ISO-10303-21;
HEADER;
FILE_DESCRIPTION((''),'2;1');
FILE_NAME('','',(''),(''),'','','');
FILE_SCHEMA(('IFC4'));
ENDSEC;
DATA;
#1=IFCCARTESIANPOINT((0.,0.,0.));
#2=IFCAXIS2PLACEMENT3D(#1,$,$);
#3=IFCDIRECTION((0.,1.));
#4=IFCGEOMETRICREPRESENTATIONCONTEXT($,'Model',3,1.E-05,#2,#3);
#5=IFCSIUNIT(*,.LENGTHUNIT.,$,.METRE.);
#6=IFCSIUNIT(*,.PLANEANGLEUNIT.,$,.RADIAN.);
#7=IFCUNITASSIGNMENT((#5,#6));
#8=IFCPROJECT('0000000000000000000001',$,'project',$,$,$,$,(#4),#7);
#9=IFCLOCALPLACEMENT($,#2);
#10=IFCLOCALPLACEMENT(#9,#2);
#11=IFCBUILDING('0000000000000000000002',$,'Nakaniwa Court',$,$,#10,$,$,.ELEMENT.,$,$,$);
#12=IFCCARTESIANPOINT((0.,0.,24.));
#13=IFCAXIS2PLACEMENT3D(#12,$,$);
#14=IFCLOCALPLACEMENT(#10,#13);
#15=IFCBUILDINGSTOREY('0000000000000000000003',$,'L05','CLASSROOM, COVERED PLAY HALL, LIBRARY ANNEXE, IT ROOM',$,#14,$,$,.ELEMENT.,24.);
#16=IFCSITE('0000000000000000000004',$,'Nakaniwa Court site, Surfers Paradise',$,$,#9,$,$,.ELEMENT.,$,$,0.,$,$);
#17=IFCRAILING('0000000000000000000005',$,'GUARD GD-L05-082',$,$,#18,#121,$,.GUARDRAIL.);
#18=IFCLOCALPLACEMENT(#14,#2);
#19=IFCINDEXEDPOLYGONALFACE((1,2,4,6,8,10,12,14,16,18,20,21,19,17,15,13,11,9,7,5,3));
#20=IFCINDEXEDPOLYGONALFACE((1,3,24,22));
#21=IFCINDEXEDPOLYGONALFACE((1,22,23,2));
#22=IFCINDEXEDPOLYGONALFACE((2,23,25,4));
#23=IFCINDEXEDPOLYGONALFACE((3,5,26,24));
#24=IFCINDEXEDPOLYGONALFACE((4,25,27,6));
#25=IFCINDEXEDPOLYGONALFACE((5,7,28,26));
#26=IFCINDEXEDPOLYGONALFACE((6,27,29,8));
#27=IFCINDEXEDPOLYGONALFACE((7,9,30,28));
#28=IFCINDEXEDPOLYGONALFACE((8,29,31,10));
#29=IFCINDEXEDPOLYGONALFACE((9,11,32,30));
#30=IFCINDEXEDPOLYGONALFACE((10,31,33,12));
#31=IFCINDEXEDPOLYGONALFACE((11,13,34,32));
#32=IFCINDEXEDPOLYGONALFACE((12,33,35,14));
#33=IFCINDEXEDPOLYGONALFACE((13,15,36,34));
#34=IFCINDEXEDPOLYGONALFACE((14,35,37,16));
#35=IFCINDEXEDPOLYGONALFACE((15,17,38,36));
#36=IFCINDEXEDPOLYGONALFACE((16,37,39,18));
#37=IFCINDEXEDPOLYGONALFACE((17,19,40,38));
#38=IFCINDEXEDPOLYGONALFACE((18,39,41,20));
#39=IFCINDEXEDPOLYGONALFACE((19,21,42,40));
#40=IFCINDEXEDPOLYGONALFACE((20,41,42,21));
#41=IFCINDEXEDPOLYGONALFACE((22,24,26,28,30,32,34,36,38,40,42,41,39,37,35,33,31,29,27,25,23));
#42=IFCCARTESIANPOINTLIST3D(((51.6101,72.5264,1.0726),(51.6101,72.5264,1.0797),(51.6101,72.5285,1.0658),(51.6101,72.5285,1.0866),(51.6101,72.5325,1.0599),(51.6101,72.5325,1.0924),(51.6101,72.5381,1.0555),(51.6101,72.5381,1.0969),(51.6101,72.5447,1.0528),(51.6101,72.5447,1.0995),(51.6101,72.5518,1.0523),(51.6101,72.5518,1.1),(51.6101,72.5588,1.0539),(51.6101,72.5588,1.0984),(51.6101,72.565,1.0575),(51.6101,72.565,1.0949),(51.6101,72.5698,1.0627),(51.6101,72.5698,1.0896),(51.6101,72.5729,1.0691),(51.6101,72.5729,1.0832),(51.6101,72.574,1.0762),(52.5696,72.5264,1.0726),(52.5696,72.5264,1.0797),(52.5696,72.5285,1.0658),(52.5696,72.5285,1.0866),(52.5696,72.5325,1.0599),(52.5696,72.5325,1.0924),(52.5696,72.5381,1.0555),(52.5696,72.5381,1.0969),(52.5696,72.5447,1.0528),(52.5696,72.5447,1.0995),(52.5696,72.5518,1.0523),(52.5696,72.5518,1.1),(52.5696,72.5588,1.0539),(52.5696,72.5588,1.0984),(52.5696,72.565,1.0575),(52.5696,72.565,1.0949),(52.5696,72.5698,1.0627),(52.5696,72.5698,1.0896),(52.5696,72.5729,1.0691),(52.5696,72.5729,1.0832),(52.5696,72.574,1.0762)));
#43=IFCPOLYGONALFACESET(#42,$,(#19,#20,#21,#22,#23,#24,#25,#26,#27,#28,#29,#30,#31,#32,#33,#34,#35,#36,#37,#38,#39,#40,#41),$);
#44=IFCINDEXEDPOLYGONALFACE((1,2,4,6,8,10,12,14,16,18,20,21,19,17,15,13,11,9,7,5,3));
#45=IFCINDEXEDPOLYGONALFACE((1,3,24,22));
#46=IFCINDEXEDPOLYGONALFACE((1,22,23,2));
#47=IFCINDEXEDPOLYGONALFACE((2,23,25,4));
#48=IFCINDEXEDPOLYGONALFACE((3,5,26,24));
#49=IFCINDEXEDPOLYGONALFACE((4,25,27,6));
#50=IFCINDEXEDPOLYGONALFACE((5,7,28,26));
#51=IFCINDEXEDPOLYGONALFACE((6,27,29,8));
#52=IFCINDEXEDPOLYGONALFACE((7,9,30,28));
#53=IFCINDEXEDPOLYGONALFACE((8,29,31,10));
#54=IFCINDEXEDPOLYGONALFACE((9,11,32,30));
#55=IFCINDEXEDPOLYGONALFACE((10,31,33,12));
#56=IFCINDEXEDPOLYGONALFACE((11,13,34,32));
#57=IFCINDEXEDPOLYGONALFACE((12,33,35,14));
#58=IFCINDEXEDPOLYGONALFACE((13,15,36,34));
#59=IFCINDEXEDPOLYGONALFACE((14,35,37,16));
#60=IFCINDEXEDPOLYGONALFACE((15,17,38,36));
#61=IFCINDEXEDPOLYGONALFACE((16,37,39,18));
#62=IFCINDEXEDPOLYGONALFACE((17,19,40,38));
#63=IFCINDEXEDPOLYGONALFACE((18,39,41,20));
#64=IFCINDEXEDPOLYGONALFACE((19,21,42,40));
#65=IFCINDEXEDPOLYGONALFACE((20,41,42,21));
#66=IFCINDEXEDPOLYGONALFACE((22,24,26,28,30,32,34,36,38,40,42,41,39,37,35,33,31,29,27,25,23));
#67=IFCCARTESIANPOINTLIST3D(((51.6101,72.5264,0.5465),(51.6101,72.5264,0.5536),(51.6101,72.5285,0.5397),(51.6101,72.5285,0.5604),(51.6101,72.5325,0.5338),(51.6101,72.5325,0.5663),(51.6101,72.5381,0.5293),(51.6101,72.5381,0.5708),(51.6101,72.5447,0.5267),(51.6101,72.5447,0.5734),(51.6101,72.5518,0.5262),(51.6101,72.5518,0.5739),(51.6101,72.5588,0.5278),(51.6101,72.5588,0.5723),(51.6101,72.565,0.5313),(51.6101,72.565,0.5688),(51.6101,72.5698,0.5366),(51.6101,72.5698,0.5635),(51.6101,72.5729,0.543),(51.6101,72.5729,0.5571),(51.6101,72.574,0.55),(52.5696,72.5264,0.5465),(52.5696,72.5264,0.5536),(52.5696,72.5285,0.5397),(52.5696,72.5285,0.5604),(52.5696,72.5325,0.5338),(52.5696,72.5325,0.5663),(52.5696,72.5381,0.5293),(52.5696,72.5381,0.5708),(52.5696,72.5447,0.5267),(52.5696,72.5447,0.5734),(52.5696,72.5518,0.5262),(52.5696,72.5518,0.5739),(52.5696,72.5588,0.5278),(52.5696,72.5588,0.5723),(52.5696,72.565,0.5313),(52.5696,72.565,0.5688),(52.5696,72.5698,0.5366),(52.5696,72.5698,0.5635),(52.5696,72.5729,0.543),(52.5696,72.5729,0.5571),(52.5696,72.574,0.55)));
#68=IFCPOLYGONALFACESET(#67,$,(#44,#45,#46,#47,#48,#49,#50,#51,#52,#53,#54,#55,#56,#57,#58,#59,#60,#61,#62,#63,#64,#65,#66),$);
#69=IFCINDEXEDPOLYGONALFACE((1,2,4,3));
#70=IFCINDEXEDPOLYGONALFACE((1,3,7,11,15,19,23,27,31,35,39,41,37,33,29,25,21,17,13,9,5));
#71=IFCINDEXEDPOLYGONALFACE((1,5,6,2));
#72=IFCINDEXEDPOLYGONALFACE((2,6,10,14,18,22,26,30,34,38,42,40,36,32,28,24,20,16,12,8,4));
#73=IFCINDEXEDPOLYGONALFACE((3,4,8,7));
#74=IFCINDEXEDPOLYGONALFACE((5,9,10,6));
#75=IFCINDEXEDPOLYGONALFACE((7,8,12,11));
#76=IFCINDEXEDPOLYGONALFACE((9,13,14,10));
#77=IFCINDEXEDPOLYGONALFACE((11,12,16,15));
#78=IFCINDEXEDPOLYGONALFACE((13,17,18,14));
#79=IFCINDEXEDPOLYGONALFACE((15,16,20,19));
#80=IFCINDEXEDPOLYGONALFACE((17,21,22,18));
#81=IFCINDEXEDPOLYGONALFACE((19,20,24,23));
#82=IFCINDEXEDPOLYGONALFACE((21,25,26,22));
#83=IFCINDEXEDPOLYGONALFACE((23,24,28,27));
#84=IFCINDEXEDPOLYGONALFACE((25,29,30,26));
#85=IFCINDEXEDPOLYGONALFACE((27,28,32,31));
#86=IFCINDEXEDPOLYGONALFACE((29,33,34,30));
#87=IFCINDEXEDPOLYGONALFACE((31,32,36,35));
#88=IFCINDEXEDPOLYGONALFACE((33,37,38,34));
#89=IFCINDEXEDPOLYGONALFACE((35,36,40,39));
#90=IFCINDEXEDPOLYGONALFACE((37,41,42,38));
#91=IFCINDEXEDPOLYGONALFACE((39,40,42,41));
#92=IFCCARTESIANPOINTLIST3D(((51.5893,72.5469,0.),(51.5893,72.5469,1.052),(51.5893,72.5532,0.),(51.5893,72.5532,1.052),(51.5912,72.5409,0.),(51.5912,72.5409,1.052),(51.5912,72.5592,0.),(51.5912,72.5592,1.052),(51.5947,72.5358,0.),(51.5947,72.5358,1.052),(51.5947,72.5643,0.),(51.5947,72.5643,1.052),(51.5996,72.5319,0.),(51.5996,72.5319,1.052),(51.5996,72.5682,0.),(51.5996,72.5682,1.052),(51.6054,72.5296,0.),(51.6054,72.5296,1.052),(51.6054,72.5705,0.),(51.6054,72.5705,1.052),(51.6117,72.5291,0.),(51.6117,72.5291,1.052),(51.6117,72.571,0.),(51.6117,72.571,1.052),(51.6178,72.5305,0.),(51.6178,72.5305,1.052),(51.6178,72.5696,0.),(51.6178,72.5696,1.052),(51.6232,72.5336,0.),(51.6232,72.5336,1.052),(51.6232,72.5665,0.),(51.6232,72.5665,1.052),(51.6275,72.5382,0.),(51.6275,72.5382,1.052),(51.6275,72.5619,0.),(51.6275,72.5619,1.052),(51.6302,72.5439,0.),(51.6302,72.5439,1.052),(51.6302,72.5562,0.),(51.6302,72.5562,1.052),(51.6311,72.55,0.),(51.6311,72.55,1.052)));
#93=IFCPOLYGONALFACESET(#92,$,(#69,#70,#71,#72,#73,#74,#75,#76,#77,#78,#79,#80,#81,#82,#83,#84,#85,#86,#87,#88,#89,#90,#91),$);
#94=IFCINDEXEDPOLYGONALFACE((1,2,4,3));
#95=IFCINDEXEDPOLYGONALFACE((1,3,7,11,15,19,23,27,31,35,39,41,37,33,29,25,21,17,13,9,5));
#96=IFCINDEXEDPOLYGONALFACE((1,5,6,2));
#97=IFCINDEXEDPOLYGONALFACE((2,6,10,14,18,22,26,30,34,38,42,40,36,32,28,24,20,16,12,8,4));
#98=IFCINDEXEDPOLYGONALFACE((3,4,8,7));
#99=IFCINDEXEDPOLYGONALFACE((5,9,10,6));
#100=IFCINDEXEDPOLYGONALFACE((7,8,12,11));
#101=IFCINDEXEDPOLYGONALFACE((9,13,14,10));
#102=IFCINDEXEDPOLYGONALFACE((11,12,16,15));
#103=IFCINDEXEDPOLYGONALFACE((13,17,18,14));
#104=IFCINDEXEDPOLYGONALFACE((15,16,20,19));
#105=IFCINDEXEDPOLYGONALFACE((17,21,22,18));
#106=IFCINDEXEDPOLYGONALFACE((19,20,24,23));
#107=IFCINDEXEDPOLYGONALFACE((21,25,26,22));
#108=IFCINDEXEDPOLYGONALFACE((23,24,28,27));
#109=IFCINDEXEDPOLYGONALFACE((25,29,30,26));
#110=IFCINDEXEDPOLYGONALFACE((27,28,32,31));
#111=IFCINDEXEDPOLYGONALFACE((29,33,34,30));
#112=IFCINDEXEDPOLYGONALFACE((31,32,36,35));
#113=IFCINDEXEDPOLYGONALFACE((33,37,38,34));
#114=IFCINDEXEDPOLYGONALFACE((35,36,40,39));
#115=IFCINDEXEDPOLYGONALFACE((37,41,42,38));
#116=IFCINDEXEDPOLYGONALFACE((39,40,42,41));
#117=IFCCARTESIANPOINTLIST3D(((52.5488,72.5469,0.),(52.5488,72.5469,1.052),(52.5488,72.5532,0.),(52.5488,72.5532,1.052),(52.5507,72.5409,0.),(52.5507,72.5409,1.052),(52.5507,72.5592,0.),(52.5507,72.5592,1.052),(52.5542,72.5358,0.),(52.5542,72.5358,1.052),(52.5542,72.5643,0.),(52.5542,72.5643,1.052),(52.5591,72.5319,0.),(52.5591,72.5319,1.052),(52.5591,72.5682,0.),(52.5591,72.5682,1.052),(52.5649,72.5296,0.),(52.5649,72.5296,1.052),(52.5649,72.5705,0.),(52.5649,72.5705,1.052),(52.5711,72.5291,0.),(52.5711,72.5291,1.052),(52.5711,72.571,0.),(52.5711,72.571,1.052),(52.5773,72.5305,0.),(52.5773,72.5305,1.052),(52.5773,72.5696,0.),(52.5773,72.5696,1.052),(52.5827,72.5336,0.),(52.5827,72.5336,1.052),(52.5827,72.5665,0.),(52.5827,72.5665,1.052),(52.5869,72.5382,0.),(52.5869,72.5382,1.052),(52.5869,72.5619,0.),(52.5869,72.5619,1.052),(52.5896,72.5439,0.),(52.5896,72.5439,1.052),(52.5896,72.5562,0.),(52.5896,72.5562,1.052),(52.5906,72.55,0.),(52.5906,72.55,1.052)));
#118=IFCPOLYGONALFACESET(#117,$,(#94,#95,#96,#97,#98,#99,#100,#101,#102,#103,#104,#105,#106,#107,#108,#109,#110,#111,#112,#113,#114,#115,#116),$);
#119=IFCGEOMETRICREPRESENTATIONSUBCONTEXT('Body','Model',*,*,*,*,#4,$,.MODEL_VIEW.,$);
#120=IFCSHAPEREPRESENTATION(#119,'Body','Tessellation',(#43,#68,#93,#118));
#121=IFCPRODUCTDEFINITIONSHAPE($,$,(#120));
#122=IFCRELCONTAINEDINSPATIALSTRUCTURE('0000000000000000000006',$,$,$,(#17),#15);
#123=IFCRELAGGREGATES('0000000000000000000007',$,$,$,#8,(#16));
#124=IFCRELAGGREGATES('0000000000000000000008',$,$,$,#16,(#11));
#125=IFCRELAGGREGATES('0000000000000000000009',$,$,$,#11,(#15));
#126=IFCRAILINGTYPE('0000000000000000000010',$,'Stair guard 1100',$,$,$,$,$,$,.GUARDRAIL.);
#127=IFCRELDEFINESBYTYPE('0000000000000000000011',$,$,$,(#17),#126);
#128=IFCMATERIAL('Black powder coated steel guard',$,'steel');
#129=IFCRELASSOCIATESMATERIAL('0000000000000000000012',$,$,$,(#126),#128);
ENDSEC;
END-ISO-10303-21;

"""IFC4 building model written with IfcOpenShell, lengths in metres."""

from ifc_helpers import new_model, si_unit, direction, frame, origin, origin_2d, place, context, subcontext, project, spatial, circle, extrude, material, type_object, element, save


model = new_model("IFC4")

# Units and contexts
model_context = context("Model", 3, precision=1e-05, world=origin(), true_north=direction((0.0, 1.0)))
body_context = subcontext(model_context, "Body", "Model", "MODEL_VIEW")
ifc_project = project(units=[si_unit("LENGTHUNIT", "METRE"), si_unit("PLANEANGLEUNIT", "RADIAN")], contexts=[model_context])

# Site, building, storey
site_placement = place(None, origin())
site = spatial("IfcSite", under=ifc_project, at=site_placement, Name="Nakaniwa Court site, Surfers Paradise", CompositionType="ELEMENT", RefElevation=0.0)
building_placement = place(site_placement, origin())
building = spatial("IfcBuilding", under=site, at=building_placement, Name="Nakaniwa Court", CompositionType="ELEMENT")
storey_placement = place(building_placement, frame((0.0, 0.0, 24.0)))
storey = spatial("IfcBuildingStorey", under=building, at=storey_placement, Name="L05", Description="CLASSROOM, COVERED PLAY HALL, LIBRARY ANNEXE, IT ROOM", CompositionType="ELEMENT", Elevation=24.0)

# Railing
ifc_material_1 = material(Name="Black powder coated steel guard", Category="steel")
railing_type = type_object("IfcRailingType", Name="Stair guard 1100", PredefinedType="GUARDRAIL", material=ifc_material_1)
railing_1_placement = place(storey_placement, frame((51.6101, 72.55, 0.0)))
element("IfcRailing", 1, at=railing_1_placement, inside=storey, type_object=railing_type, Name="GUARD GD-L05-082", PredefinedType="GUARDRAIL", context=body_context, shape_type="SweptSolid", body=[
    extrude(circle(Radius=0.0239, at=origin_2d()), frame((0.0, 0.0, 1.0762), z_axis=(1.0, 0.0, 0.0), x_axis=(0.0, 1.0, 0.0)), (0.0, 0.0, 1.0), 0.9595),
    extrude(circle(Radius=0.0239, at=origin_2d()), frame((0.0, 0.0, 0.55), z_axis=(1.0, 0.0, 0.0), x_axis=(0.0, 1.0, 0.0)), (0.0, 0.0, 1.0), 0.9595),
    extrude(circle(Radius=0.021, at=origin_2d()), origin(), (0.0, 0.0, 1.0), 1.052),
    extrude(circle(Radius=0.021, at=origin_2d()), frame((0.9595, 0.0, 0.0)), (0.0, 0.0, 1.0), 1.052),
])

save(model, "model.ifc")
